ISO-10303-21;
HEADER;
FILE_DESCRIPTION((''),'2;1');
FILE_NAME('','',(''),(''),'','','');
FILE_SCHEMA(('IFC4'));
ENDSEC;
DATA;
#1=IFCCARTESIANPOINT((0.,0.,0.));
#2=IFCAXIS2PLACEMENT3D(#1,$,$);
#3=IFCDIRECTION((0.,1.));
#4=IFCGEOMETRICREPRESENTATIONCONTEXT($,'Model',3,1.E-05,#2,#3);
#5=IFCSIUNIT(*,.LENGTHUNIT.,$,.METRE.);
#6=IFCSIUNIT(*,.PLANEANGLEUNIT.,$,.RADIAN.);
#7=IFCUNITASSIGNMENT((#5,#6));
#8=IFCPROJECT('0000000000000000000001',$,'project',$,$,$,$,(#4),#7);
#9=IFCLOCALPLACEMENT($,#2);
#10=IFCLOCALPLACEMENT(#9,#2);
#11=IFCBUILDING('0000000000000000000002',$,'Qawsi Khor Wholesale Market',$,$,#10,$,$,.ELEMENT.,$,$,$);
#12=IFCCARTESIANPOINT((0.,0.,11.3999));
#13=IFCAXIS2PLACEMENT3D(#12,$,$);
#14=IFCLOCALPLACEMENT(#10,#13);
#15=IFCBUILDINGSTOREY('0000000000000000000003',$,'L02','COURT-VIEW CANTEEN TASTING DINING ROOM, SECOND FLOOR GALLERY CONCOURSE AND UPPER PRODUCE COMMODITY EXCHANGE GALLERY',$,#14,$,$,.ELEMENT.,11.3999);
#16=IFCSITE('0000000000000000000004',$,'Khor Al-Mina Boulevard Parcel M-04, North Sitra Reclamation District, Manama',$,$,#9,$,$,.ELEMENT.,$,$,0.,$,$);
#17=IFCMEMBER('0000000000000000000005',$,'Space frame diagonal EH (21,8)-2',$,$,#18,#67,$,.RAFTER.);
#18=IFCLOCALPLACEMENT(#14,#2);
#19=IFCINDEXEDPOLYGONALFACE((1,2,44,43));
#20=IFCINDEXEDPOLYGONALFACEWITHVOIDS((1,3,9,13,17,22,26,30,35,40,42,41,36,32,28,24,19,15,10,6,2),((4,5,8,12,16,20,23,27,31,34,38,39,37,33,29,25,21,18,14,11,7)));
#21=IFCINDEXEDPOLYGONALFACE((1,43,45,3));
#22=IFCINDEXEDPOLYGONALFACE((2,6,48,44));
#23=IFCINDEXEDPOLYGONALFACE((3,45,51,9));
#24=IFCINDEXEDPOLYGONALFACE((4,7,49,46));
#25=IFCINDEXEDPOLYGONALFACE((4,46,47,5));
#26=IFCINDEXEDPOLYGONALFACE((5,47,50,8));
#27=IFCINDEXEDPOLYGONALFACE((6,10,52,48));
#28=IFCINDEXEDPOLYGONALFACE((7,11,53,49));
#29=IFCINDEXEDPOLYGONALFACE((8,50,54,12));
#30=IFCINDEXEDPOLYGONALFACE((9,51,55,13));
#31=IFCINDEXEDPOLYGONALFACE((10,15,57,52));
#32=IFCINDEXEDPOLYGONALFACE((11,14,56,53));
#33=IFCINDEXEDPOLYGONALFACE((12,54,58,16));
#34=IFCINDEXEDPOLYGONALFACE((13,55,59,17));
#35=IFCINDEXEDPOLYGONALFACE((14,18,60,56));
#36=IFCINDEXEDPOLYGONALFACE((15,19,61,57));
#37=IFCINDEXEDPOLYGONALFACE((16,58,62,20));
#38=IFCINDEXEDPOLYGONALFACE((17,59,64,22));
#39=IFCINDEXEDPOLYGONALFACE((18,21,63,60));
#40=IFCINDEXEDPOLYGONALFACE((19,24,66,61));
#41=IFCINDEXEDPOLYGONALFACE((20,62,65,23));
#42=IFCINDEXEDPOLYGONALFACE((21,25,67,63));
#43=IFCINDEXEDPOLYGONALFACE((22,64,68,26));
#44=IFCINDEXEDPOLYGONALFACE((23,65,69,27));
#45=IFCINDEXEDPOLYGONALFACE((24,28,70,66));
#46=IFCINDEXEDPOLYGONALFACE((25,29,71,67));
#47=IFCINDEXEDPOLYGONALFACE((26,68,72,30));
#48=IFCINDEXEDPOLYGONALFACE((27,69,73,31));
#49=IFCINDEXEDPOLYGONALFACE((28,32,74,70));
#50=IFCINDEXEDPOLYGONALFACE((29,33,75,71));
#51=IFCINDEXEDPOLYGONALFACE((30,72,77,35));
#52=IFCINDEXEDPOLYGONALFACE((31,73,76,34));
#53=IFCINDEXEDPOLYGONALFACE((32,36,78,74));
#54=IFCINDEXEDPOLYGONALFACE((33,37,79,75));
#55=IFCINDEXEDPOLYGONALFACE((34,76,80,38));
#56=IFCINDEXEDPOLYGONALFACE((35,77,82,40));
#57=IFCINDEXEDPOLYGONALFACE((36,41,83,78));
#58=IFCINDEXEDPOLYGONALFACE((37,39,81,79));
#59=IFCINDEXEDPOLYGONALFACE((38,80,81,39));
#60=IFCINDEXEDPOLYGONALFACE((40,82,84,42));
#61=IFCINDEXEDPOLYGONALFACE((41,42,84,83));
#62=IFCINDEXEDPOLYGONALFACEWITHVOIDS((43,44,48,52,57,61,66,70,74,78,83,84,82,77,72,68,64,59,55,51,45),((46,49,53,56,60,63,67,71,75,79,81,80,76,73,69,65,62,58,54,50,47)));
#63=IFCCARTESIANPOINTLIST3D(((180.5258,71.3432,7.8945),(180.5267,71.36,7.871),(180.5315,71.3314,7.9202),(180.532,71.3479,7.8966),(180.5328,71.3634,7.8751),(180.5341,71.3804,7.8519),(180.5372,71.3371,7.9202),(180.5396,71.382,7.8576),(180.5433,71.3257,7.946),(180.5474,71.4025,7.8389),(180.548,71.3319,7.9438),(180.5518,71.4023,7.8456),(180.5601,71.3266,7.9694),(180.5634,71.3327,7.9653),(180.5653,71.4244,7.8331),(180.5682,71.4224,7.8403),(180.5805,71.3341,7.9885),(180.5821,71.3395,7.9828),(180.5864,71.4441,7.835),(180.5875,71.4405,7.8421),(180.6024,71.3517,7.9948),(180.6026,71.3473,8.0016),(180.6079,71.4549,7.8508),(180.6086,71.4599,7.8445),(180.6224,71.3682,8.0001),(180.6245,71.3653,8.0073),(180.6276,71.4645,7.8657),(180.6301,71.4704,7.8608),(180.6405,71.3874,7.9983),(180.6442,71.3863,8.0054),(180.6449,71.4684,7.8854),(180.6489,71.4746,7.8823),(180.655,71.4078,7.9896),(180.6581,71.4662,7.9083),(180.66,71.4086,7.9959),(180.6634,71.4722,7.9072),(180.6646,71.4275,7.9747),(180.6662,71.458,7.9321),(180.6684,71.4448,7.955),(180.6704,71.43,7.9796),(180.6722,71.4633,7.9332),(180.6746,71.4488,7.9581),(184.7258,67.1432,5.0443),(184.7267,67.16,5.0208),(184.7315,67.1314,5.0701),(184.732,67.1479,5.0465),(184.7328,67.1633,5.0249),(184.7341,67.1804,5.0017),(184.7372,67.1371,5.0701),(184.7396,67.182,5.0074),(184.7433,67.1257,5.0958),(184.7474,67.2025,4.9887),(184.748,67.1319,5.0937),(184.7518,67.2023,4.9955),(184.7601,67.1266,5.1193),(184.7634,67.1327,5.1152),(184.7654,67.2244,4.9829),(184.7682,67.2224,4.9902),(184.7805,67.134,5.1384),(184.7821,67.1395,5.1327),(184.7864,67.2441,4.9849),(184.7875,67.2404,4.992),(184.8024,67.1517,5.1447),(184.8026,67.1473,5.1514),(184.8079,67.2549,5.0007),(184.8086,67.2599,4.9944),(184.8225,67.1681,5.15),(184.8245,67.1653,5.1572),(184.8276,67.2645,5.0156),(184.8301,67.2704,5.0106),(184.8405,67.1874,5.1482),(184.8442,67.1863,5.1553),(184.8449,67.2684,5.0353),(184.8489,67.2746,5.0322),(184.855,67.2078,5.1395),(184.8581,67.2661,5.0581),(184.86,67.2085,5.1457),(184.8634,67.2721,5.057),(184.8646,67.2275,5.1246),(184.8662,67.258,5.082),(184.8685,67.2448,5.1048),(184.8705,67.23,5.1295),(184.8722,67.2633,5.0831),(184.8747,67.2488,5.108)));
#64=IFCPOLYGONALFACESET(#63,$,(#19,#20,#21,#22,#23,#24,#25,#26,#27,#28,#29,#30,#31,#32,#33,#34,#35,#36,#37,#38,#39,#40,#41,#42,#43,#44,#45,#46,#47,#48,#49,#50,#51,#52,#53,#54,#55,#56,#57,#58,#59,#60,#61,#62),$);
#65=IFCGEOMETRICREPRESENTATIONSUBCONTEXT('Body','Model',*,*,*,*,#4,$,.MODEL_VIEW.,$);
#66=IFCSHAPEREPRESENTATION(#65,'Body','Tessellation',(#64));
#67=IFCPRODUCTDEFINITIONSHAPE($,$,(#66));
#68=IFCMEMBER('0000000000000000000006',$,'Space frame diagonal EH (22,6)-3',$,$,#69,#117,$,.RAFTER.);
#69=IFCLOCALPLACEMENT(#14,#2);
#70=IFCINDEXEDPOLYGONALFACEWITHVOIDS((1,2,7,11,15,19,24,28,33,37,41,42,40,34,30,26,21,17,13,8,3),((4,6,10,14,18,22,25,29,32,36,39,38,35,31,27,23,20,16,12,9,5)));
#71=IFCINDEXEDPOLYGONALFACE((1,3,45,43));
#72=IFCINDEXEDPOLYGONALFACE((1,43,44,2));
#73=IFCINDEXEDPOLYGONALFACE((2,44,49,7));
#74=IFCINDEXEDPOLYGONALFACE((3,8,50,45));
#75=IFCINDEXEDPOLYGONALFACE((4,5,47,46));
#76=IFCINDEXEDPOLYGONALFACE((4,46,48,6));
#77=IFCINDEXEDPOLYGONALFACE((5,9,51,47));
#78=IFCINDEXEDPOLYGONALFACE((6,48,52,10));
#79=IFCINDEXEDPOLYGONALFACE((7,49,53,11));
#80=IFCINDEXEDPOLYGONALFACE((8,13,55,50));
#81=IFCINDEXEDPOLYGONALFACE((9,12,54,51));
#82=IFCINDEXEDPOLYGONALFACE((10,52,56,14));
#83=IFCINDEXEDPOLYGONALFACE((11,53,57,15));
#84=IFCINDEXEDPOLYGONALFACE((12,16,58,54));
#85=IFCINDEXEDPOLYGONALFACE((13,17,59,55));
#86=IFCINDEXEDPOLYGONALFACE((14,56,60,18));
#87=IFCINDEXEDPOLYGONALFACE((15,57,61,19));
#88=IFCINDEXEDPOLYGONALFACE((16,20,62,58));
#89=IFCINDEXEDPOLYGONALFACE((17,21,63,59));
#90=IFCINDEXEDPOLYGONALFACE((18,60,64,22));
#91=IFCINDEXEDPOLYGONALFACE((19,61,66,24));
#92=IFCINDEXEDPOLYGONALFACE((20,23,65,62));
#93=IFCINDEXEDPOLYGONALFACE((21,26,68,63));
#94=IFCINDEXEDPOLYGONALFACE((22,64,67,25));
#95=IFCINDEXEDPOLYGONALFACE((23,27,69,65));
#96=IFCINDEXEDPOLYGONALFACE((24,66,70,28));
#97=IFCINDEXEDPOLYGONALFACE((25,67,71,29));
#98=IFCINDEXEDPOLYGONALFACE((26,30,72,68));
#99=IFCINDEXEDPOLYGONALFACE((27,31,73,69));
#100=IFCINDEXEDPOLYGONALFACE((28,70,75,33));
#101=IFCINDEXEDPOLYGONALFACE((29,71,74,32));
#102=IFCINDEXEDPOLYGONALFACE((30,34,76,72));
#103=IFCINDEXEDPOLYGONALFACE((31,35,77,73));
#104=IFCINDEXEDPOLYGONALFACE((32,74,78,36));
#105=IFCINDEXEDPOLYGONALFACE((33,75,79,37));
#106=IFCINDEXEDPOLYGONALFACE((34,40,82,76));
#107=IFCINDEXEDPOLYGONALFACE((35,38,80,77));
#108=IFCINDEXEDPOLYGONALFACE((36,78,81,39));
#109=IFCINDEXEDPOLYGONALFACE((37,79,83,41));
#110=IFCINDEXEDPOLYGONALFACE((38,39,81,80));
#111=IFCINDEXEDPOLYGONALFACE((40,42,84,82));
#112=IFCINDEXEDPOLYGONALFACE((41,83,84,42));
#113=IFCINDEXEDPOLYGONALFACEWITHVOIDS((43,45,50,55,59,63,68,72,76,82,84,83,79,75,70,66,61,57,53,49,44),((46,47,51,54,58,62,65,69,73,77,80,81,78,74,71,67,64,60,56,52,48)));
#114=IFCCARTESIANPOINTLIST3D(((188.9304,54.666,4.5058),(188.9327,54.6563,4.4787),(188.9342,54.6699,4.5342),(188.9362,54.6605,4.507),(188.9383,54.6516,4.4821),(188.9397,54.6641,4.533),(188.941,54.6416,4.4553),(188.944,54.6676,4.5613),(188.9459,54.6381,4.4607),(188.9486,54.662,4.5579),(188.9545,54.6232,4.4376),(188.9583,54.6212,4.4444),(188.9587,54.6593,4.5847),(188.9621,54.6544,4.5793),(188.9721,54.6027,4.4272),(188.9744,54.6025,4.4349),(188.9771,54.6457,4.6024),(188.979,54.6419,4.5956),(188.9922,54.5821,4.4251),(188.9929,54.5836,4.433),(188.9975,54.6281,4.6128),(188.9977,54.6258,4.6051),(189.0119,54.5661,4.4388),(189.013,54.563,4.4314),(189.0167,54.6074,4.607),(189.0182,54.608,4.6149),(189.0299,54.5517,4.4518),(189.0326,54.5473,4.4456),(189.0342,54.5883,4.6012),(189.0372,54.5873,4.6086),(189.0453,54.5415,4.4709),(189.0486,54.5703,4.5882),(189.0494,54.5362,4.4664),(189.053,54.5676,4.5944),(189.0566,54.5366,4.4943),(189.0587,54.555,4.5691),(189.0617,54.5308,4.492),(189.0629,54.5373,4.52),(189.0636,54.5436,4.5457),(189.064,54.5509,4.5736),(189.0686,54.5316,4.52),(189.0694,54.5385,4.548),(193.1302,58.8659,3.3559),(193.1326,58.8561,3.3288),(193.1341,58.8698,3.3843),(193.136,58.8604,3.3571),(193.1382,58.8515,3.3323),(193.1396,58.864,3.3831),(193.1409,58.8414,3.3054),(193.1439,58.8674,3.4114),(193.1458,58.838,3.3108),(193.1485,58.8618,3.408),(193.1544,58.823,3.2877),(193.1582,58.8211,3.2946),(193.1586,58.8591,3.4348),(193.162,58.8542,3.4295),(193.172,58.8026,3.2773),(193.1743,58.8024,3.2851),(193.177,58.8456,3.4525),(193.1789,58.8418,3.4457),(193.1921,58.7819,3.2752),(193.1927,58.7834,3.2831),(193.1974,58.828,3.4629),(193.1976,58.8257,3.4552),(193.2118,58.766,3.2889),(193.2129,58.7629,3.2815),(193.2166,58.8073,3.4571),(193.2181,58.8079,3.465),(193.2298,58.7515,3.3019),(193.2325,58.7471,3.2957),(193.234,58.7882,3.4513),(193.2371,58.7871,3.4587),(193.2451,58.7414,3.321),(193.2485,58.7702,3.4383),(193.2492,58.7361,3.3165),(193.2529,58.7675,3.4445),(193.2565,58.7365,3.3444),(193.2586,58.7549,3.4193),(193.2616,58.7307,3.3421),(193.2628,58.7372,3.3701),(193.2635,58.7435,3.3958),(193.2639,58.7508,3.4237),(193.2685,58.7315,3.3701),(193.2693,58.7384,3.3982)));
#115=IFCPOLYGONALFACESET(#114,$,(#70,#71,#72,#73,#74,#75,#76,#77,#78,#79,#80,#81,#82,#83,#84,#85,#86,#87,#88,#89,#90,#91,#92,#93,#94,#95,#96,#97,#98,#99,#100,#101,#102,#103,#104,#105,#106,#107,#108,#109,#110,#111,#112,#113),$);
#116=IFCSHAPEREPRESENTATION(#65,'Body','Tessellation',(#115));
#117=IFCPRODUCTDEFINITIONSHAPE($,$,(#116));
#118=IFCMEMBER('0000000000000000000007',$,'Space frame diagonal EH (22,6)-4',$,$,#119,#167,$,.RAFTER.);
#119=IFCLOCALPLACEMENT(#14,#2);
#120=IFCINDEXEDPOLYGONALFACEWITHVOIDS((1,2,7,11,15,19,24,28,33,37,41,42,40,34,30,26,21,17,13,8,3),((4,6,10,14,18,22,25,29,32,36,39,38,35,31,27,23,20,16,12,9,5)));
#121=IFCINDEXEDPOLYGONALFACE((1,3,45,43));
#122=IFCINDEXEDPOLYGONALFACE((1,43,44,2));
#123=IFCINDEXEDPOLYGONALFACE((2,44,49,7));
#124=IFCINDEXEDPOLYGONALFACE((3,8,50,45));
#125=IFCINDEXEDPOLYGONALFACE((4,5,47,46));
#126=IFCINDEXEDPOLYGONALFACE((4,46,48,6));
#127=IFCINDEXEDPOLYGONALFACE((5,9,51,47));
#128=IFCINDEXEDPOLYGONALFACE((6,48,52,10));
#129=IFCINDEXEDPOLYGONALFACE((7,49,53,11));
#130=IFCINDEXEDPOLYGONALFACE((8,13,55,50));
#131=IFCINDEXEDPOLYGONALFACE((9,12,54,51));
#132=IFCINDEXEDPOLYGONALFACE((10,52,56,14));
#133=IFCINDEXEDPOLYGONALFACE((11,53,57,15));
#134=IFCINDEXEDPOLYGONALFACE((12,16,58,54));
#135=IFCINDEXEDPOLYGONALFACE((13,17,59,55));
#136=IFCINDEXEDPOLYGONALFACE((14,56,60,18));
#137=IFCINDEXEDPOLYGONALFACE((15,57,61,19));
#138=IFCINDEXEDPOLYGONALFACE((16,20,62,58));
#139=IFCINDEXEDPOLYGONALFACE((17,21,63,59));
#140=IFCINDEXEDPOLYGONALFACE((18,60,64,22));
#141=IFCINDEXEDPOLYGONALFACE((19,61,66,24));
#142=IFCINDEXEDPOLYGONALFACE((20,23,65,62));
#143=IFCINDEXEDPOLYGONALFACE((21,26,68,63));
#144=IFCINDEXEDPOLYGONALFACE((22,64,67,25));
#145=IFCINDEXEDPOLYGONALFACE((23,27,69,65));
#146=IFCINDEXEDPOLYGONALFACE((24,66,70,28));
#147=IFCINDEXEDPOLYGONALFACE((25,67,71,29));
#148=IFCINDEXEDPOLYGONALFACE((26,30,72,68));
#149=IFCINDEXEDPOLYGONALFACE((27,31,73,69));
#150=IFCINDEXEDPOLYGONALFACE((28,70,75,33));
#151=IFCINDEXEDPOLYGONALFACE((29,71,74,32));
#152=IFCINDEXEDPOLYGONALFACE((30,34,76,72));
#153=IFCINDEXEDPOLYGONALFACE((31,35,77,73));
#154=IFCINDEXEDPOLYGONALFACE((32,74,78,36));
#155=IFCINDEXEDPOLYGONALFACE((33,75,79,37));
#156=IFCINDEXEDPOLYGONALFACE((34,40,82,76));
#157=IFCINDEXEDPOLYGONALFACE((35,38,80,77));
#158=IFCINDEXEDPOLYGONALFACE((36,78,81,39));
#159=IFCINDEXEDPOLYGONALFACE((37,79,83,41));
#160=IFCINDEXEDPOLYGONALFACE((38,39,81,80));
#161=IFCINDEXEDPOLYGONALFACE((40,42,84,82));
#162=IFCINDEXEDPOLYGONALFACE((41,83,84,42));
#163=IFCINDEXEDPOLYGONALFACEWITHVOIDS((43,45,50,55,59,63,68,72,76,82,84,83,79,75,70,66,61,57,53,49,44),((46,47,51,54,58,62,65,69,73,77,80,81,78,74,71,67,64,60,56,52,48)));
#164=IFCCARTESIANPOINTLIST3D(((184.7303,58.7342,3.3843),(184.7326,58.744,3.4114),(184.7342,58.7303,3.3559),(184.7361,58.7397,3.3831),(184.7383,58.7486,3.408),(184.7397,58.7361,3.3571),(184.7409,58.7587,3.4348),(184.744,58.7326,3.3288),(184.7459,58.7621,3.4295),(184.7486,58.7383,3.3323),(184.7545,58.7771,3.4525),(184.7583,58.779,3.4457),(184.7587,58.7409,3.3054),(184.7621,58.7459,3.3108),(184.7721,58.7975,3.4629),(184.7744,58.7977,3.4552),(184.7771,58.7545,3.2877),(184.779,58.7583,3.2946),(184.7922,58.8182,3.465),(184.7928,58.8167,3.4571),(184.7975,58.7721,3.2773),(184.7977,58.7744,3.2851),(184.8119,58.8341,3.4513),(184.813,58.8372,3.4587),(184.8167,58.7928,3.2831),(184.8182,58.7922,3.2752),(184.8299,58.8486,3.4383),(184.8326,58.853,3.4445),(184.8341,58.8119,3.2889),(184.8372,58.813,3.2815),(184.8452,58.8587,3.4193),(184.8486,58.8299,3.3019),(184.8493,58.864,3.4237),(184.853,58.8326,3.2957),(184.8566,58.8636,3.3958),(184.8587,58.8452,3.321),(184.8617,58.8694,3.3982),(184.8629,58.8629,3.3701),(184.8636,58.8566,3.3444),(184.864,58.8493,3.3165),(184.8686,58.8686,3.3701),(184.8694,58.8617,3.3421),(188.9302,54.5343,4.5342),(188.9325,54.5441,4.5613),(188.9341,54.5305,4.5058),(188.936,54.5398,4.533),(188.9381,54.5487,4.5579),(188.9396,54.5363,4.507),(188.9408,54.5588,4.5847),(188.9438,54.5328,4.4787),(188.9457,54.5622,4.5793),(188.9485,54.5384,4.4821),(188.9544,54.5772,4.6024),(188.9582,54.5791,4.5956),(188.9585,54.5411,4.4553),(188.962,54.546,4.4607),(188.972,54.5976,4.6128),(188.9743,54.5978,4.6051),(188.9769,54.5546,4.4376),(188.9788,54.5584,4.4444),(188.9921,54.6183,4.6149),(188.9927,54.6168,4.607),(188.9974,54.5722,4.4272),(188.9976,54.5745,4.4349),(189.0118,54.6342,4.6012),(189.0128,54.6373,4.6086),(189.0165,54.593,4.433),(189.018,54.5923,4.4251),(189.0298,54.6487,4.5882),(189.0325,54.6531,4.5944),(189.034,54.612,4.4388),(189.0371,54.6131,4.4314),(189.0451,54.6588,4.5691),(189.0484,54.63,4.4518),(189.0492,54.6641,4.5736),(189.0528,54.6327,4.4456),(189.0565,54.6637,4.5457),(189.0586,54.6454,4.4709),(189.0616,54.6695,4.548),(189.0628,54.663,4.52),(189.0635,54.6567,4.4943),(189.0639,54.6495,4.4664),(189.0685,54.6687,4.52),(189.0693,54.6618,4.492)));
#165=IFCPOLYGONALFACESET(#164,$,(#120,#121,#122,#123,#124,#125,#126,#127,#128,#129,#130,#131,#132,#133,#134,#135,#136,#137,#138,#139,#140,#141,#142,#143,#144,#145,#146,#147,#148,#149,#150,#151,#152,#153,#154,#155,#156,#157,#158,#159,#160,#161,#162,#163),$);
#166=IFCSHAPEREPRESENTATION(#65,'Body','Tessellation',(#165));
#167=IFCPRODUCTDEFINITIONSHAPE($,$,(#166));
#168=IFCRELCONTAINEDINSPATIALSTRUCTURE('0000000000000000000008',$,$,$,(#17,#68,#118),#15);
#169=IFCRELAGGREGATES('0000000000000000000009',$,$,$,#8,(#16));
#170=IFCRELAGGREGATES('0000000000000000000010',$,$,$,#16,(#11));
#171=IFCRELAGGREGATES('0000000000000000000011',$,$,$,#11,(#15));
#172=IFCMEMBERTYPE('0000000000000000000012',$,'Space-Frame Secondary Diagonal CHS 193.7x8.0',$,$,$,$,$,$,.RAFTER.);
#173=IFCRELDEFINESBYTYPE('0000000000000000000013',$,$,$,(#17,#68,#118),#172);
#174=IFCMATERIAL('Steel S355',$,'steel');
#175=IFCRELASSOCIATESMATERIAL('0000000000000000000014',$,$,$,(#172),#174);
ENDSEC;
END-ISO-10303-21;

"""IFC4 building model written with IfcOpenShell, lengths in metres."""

from ifc_helpers import new_model, si_unit, direction, frame, origin, origin_2d, place, context, subcontext, project, spatial, hollow_circle, extrude, material, material_profile, profile_set, type_object, element, save


model = new_model("IFC4")

# Units and contexts
model_context = context("Model", 3, precision=1e-05, world=origin(), true_north=direction((0.0, 1.0)))
body_context = subcontext(model_context, "Body", "Model", "MODEL_VIEW")
ifc_project = project(units=[si_unit("LENGTHUNIT", "METRE"), si_unit("PLANEANGLEUNIT", "RADIAN")], contexts=[model_context])

# Site, building, storey
site_placement = place(None, origin())
site = spatial("IfcSite", under=ifc_project, at=site_placement, Name="Khor Al-Mina Boulevard Parcel M-04, North Sitra Reclamation District, Manama", CompositionType="ELEMENT", RefElevation=0.0)
building_placement = place(site_placement, origin())
building = spatial("IfcBuilding", under=site, at=building_placement, Name="Qawsi Khor Wholesale Market", CompositionType="ELEMENT")
storey_placement = place(building_placement, frame((0.0, 0.0, 11.3999)))
storey = spatial("IfcBuildingStorey", under=building, at=storey_placement, Name="L02", Description="COURT-VIEW CANTEEN TASTING DINING ROOM, SECOND FLOOR GALLERY CONCOURSE AND UPPER PRODUCE COMMODITY EXCHANGE GALLERY", CompositionType="ELEMENT", Elevation=11.3999)

# Members
ifc_material_1 = material(Name="Steel S355", Category="steel")
ifc_material_profile_1 = material_profile(ifc_material_1, hollow_circle(Radius=0.0969, WallThickness=0.0081, at=origin_2d()), Name="CHS 193.7x8.0")
ifc_profile_set_1 = profile_set([ifc_material_profile_1], Name="Steel S355")
member_type_1 = type_object("IfcMemberType", Name="Space-Frame Secondary Diagonal CHS 193.7x8.0", PredefinedType="RAFTER", material=ifc_profile_set_1)
member_1_placement = place(storey_placement, frame((184.8, 67.2, 5.0701), z_axis=(-0.637512, 0.637512, 0.432617), x_axis=(-0.707107, -0.707107, 0.0)))
element("IfcMember", 1, at=member_1_placement, inside=storey, type_object=member_type_1, Name="Space frame diagonal EH (21,8)-2", PredefinedType="RAFTER", context=body_context, shape_type="SweptSolid", body=[
    extrude(hollow_circle(Radius=0.0969, WallThickness=0.0081, at=origin_2d()), origin(), (0.0, 0.0, 1.0), 6.5881),
])
for number, where, z_axis, x_axis, name in (
    (2, (193.2, 58.8, 3.3701), (-0.694217, -0.694217, 0.190069), (0.707107, -0.707107, 0.0), "Space frame diagonal EH (22,6)-3"),
    (3, (184.8, 58.8, 3.3701), (0.694217, -0.694217, 0.190069), (0.707107, 0.707107, 0.0), "Space frame diagonal EH (22,6)-4"),
):
    element("IfcMember", number, at=place(storey_placement, frame(where, z_axis=z_axis, x_axis=x_axis)), inside=storey, type_object=member_type_1, Name=name, PredefinedType="RAFTER", context=body_context, shape_type="SweptSolid", body=[
        extrude(hollow_circle(Radius=0.0969, WallThickness=0.0081, at=origin_2d()), origin(), (0.0, 0.0, 1.0), 6.0498),
    ])

save(model, "model.ifc")
